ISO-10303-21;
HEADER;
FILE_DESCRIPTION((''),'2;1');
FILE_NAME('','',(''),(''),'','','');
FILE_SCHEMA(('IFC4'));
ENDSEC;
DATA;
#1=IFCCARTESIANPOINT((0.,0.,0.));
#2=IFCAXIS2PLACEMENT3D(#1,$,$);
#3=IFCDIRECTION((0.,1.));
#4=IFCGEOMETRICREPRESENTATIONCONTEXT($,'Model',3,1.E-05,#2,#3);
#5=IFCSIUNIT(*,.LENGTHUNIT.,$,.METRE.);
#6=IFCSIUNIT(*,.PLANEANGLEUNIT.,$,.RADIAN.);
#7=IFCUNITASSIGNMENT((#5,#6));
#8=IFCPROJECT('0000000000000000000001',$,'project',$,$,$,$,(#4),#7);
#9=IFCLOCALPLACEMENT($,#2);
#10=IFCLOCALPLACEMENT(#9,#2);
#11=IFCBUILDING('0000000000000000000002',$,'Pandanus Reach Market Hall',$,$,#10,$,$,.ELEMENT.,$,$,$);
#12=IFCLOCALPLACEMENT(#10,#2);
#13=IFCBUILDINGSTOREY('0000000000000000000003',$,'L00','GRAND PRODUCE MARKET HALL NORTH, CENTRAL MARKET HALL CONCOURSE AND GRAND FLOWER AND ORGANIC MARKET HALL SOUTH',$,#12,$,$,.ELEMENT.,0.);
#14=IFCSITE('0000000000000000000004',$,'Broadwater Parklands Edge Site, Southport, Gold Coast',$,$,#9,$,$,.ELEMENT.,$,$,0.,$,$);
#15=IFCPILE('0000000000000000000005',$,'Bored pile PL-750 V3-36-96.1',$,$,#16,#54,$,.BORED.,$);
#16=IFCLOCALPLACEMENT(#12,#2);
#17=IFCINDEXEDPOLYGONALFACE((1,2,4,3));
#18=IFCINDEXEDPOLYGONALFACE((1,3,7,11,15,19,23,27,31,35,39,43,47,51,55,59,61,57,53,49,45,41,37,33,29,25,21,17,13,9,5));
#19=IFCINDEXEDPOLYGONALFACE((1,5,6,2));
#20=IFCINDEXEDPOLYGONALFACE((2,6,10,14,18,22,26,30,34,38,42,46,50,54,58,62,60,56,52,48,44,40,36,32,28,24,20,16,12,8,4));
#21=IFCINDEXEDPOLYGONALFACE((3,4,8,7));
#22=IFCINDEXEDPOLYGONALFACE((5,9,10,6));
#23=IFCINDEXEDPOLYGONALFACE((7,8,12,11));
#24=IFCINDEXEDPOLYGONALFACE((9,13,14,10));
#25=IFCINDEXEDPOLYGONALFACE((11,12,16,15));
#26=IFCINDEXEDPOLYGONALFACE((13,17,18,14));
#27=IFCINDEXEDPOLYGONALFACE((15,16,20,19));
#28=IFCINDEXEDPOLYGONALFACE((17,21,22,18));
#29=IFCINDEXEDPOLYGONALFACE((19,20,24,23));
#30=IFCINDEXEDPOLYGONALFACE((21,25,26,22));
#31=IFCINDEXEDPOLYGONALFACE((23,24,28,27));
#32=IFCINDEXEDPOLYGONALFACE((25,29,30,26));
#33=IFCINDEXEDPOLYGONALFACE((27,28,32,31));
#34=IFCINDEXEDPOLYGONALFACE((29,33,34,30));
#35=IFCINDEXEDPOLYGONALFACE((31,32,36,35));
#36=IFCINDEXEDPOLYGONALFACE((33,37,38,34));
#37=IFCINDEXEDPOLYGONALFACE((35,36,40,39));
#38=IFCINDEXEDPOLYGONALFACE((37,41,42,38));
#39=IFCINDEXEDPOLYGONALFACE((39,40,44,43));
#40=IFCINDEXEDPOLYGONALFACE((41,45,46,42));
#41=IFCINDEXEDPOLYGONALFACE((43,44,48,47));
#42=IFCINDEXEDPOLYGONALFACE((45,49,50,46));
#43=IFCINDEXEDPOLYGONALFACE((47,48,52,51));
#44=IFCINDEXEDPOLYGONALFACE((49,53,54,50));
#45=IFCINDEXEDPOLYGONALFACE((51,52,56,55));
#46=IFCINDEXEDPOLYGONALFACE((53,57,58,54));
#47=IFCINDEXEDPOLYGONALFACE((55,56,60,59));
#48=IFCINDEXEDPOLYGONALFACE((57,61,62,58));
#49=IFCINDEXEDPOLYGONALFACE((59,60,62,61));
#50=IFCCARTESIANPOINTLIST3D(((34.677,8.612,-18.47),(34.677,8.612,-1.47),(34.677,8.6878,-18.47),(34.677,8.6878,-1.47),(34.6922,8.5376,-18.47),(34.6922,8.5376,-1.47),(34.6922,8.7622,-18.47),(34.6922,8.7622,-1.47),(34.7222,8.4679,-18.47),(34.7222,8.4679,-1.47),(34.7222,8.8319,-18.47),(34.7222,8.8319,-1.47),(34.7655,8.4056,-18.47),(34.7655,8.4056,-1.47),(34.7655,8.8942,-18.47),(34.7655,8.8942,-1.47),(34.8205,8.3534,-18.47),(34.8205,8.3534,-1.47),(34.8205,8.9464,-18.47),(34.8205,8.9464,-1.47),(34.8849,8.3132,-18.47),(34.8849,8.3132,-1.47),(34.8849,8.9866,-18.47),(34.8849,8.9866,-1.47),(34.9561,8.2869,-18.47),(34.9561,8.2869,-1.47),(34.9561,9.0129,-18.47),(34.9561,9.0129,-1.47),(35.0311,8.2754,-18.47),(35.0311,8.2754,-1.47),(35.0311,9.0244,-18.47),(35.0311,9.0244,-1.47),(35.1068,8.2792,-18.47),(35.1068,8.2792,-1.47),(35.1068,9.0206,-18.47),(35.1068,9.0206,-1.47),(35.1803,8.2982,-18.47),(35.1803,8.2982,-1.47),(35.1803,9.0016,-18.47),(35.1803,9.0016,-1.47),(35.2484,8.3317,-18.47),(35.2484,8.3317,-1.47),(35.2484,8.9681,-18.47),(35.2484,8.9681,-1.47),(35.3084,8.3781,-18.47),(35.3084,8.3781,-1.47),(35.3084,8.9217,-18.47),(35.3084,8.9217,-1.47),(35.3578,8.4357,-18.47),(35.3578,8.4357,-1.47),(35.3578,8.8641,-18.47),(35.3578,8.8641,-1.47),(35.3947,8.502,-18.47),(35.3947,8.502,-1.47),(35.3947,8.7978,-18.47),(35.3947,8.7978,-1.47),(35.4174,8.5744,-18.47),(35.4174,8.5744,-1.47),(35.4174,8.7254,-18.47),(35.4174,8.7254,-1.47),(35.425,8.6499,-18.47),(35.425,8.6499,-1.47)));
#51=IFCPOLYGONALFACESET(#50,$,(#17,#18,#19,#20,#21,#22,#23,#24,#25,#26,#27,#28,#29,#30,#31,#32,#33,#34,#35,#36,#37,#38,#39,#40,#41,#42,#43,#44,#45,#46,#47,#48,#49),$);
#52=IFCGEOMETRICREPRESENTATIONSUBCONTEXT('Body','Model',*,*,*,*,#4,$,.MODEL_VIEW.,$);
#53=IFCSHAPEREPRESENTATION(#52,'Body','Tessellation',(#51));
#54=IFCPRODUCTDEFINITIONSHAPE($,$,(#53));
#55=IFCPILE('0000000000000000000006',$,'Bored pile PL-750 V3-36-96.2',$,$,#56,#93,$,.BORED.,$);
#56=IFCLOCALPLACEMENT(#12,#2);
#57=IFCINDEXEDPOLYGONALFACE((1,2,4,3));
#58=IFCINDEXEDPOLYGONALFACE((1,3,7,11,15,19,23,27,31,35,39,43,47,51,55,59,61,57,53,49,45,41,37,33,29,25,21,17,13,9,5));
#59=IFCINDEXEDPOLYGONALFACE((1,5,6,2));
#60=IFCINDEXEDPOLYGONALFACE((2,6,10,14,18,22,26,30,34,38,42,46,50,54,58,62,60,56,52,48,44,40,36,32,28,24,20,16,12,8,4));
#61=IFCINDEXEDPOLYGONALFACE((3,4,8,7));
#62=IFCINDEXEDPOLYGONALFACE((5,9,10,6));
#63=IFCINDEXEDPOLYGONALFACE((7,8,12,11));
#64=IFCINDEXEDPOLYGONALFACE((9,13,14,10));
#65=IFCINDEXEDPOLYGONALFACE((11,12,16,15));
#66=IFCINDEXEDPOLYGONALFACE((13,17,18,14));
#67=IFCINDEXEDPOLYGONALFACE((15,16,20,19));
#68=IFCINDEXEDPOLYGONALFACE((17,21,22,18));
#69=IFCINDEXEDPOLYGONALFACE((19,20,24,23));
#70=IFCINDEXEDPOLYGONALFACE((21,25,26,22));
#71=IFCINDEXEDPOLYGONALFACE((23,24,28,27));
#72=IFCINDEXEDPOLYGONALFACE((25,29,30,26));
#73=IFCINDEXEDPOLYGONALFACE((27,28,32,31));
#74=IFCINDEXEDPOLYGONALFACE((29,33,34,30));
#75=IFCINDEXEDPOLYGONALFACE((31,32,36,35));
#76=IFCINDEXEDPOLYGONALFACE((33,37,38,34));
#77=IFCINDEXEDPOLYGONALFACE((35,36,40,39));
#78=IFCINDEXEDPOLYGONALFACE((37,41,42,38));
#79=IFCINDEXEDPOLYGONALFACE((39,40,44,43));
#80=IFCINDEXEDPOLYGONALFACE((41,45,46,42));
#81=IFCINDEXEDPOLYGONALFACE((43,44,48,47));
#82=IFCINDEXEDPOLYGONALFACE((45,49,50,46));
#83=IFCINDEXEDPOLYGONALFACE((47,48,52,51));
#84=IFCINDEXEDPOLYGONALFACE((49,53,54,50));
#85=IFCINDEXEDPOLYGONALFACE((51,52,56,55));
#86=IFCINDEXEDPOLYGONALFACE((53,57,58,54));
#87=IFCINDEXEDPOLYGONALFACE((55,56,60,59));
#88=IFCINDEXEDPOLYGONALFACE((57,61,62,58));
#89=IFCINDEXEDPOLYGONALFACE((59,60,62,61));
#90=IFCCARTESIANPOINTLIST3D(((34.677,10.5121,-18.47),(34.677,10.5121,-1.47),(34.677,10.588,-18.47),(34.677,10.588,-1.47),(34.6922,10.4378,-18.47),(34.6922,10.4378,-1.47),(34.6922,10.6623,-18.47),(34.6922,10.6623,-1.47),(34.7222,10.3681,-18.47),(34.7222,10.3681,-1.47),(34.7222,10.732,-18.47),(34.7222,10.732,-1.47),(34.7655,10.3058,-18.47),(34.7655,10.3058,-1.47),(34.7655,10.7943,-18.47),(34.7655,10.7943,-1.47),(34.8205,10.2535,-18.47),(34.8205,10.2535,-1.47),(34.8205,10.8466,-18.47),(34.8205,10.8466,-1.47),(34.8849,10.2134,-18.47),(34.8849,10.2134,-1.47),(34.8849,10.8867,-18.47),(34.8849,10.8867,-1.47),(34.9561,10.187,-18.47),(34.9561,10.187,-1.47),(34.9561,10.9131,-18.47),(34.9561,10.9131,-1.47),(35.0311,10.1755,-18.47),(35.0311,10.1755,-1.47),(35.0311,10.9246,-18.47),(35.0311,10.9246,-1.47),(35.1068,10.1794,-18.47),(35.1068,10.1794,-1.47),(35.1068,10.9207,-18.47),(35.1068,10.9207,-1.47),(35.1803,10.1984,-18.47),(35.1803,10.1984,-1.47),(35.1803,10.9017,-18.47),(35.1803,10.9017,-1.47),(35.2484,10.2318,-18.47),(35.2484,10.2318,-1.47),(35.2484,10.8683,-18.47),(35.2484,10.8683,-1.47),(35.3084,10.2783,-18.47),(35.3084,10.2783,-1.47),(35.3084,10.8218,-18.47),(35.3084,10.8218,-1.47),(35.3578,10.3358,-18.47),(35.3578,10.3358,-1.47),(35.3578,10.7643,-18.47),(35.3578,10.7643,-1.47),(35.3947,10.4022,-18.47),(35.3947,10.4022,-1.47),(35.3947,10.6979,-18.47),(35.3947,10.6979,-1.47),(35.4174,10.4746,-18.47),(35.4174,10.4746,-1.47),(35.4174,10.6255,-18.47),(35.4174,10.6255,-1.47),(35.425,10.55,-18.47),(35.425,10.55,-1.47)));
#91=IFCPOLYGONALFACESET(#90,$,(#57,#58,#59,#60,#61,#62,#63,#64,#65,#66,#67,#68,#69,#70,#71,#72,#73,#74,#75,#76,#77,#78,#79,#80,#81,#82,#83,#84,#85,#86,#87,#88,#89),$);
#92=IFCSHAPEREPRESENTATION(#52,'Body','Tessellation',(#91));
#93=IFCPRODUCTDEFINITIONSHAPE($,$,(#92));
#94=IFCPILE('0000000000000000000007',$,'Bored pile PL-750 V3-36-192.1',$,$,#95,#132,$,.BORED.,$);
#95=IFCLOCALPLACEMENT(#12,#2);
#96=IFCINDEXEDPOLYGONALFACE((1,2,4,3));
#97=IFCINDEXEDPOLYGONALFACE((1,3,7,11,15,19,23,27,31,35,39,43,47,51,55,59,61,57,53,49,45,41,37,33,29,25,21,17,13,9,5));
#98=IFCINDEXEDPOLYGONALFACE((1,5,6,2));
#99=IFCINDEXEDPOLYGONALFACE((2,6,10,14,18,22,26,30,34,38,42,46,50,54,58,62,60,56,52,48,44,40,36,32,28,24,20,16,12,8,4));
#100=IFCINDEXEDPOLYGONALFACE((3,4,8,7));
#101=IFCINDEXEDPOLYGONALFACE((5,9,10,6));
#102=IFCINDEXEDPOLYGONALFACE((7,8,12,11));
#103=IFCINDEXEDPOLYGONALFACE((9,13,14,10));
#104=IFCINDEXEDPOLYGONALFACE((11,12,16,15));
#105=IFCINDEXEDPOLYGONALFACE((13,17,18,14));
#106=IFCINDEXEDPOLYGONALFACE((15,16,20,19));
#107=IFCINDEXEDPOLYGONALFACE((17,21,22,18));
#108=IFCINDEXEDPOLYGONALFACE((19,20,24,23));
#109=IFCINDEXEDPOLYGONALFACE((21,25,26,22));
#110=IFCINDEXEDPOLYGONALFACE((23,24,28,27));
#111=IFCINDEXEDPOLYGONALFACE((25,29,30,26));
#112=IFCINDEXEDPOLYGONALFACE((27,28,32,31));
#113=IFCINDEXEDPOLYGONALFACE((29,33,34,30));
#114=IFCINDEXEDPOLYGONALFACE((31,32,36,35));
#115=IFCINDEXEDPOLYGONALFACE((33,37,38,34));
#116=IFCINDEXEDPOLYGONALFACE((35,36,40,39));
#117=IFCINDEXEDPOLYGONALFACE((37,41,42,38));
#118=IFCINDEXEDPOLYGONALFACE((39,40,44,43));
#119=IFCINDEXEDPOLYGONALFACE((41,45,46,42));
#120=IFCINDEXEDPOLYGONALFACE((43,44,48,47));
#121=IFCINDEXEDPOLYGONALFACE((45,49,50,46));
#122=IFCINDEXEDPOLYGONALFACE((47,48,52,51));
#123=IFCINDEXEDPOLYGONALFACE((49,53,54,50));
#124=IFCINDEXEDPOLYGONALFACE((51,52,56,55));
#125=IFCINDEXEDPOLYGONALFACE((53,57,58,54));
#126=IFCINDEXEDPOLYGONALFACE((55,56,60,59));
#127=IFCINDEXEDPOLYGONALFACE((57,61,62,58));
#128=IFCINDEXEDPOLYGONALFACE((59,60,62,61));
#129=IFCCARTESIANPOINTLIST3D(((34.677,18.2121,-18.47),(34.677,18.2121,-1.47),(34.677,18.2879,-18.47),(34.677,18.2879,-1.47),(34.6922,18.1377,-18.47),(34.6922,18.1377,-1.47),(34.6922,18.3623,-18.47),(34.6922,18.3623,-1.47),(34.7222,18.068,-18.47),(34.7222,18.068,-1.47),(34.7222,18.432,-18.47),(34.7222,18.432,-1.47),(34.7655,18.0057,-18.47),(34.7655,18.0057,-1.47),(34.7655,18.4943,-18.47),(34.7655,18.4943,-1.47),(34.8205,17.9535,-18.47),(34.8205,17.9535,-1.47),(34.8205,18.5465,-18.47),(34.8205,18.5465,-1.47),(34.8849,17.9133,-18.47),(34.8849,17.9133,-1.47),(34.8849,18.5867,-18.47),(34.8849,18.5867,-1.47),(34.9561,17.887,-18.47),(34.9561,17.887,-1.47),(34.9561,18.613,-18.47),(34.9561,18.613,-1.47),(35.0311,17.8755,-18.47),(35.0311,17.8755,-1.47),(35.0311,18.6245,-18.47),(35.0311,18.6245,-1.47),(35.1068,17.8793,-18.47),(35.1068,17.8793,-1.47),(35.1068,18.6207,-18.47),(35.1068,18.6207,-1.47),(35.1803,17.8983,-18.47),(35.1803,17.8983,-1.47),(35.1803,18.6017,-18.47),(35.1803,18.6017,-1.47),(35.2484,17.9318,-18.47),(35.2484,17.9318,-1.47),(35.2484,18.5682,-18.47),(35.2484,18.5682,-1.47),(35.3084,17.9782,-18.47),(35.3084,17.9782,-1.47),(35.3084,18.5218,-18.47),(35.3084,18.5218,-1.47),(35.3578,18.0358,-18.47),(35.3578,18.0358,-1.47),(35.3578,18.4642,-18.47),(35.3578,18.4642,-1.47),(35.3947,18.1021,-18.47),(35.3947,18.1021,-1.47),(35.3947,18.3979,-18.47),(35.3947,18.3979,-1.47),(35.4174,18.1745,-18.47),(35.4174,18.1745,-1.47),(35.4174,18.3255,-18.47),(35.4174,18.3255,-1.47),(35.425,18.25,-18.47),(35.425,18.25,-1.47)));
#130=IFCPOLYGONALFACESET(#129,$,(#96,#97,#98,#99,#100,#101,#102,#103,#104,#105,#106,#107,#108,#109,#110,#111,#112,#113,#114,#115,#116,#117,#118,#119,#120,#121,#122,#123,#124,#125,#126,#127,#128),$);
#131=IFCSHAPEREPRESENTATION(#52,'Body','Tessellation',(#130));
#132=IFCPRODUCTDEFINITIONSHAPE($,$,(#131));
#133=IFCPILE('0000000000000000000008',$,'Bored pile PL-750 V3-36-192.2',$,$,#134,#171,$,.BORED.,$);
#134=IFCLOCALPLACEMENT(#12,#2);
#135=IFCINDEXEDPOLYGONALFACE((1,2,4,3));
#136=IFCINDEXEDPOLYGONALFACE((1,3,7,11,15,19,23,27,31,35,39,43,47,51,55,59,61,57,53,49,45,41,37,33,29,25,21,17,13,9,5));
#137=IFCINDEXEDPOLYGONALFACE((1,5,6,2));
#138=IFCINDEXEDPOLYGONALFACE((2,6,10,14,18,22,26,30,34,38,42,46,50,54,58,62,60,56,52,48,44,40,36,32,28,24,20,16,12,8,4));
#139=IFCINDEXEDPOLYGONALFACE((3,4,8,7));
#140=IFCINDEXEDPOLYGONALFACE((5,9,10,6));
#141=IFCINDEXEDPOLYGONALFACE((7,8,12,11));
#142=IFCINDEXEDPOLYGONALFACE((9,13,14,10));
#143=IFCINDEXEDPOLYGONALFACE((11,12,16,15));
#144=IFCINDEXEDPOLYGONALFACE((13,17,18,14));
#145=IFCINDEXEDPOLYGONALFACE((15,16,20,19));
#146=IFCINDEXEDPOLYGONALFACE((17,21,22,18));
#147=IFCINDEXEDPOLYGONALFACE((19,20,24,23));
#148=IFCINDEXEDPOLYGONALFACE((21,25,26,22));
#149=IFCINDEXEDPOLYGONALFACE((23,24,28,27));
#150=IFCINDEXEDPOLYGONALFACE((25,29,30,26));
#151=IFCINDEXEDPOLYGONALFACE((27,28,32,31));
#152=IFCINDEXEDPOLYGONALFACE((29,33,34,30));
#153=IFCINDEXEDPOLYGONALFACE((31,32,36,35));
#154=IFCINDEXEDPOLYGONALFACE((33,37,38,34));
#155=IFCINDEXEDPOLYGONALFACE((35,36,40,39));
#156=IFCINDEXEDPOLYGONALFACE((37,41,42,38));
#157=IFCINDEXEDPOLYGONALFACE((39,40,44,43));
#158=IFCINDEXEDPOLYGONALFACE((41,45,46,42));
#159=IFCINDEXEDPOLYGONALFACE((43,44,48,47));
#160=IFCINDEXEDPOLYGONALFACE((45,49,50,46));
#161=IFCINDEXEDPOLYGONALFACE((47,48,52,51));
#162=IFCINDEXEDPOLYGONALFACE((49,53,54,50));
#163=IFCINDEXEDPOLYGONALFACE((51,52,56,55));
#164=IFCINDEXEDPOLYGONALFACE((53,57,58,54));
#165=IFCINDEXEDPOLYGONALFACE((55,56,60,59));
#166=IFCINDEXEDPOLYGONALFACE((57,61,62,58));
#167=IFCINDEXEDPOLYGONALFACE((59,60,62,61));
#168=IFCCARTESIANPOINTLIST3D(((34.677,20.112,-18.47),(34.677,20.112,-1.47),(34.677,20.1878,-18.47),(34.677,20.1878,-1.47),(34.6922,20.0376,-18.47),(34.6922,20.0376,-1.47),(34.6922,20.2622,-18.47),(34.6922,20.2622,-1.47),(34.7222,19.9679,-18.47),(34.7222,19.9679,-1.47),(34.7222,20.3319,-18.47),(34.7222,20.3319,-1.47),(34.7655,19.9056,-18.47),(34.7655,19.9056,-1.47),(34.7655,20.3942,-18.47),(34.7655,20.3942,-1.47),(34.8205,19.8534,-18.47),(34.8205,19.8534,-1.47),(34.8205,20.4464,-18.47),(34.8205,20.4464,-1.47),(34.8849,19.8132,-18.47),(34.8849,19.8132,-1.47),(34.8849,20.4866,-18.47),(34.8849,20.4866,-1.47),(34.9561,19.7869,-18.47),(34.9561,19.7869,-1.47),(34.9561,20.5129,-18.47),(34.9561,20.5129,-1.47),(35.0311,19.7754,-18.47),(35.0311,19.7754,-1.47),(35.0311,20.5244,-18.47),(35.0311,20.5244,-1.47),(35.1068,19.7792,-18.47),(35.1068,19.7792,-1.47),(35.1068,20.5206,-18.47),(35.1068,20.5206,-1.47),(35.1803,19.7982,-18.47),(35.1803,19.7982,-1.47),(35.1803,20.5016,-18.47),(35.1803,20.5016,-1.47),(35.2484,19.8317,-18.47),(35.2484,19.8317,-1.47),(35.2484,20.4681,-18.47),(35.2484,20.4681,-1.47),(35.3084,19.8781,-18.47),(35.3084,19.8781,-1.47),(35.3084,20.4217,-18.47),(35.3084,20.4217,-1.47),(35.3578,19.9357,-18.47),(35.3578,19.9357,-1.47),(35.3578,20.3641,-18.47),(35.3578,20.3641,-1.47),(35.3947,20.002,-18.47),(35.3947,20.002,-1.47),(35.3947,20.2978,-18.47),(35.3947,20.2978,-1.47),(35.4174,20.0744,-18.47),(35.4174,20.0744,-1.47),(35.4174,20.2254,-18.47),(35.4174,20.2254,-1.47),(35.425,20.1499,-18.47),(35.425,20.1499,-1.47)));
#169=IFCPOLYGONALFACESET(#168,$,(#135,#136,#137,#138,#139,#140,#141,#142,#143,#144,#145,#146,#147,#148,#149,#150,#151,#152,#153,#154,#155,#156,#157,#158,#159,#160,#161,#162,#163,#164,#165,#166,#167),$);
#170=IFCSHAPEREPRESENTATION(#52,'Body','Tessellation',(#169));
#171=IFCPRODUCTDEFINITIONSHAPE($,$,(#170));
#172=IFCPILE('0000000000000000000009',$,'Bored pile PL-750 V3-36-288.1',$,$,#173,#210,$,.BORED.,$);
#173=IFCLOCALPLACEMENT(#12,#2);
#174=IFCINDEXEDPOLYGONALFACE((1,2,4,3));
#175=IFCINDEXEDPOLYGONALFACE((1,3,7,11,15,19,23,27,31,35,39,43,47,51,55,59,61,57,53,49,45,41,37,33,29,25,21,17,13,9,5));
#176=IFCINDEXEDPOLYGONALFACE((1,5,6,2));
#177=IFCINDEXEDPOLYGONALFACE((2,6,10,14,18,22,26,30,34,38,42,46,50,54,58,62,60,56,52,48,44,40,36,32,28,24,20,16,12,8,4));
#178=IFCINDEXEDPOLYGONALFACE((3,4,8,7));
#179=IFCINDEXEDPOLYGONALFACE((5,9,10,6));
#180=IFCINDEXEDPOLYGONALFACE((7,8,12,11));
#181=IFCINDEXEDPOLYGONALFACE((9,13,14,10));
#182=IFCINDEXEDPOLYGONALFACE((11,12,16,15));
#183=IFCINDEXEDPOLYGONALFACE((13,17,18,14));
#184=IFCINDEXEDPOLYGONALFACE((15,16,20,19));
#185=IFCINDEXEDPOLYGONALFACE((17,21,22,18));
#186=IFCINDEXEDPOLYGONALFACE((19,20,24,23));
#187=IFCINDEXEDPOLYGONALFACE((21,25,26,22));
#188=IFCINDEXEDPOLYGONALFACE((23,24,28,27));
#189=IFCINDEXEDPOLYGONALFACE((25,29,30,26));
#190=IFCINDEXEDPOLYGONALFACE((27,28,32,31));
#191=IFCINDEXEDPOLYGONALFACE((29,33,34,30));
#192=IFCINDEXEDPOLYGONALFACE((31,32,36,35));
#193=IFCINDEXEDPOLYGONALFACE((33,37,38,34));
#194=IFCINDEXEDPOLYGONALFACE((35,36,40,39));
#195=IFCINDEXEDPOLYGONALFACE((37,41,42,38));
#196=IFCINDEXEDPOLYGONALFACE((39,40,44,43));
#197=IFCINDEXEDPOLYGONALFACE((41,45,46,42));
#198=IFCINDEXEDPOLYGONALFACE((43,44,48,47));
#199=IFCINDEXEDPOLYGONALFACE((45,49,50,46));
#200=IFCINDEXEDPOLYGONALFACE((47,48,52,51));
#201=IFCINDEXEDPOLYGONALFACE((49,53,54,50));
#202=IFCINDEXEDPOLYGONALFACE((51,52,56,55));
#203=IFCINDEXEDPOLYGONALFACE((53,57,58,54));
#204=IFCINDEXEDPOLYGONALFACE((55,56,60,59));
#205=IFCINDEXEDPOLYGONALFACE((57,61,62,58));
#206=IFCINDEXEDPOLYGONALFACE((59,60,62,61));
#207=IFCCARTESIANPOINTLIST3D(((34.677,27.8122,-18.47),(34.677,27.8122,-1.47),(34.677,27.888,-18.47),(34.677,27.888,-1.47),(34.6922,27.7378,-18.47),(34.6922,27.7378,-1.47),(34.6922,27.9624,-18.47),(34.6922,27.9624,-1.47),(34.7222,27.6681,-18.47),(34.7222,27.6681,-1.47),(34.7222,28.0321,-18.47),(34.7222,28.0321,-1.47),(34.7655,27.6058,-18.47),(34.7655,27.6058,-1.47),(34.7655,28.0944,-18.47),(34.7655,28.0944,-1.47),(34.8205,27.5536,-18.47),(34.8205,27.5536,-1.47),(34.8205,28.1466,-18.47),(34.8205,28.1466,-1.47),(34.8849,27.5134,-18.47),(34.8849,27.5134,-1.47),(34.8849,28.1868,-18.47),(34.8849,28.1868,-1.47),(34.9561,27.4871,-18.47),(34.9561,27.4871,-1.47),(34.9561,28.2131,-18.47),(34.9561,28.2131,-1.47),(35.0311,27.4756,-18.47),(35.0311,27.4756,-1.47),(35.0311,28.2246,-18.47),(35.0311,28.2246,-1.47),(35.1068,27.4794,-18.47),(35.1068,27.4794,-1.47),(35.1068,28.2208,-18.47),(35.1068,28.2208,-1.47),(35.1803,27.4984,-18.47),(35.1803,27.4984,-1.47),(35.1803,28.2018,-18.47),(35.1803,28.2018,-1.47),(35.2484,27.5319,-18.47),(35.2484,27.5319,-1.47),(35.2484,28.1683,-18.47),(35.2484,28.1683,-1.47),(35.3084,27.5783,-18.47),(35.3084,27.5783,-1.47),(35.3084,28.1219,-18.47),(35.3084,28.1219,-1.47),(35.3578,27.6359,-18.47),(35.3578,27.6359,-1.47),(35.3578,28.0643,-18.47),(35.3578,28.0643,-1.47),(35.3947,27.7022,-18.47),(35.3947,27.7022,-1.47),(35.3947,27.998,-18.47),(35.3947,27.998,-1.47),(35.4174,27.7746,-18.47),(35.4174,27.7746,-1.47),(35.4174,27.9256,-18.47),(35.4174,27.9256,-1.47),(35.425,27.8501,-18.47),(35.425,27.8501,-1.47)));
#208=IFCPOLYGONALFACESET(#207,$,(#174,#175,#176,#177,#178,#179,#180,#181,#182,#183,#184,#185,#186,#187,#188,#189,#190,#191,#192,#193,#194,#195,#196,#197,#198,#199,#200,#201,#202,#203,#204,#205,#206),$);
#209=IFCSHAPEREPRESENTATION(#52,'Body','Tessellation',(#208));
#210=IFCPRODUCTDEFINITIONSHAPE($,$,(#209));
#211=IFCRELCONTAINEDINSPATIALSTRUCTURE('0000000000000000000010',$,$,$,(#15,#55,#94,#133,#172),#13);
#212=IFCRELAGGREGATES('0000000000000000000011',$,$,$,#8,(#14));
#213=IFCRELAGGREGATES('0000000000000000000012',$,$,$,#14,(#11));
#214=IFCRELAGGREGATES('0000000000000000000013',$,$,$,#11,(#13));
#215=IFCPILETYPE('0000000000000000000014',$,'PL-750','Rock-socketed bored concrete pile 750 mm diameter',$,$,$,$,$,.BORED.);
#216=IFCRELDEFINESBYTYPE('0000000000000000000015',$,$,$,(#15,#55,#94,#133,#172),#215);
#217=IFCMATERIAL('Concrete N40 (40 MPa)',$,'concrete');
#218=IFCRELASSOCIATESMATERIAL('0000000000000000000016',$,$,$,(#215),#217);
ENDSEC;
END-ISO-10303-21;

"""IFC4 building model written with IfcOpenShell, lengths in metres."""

from ifc_helpers import new_model, si_unit, direction, frame, origin, origin_2d, place, context, subcontext, project, spatial, circle, extrude, material, material_profile, profile_set, type_object, element, save


model = new_model("IFC4")

# Units and contexts
model_context = context("Model", 3, precision=1e-05, world=origin(), true_north=direction((0.0, 1.0)))
body_context = subcontext(model_context, "Body", "Model", "MODEL_VIEW")
ifc_project = project(units=[si_unit("LENGTHUNIT", "METRE"), si_unit("PLANEANGLEUNIT", "RADIAN")], contexts=[model_context])

# Site, building, storey
site_placement = place(None, origin())
site = spatial("IfcSite", under=ifc_project, at=site_placement, Name="Broadwater Parklands Edge Site, Southport, Gold Coast", CompositionType="ELEMENT", RefElevation=0.0)
building_placement = place(site_placement, origin())
building = spatial("IfcBuilding", under=site, at=building_placement, Name="Pandanus Reach Market Hall", CompositionType="ELEMENT")
storey_placement = place(building_placement, origin())
storey = spatial("IfcBuildingStorey", under=building, at=storey_placement, Name="L00", Description="GRAND PRODUCE MARKET HALL NORTH, CENTRAL MARKET HALL CONCOURSE AND GRAND FLOWER AND ORGANIC MARKET HALL SOUTH", CompositionType="ELEMENT", Elevation=0.0)

# Piles
ifc_material_1 = material(Name="Concrete N40 (40 MPa)", Category="concrete")
ifc_material_profile_1 = material_profile(ifc_material_1, circle(Radius=0.375, at=origin_2d()), Name="PILE-750D", Category="LoadBearing")
ifc_profile_set_1 = profile_set([ifc_material_profile_1], Name="Concrete N40 (40 MPa)")
pile_type = type_object("IfcPileType", Name="PL-750", Description="Rock-socketed bored concrete pile 750 mm diameter", PredefinedType="BORED", material=ifc_profile_set_1)
for number, where, z_axis, x_axis, name in (
    (1, (35.05, 8.6499, -1.47), (0.0, 0.0, -1.0), (1.0, 0.0, 0.0), "Bored pile PL-750 V3-36-96.1"),
    (2, (35.05, 10.55, -1.47), (0.0, 0.0, -1.0), (1.0, 0.0, 0.0), "Bored pile PL-750 V3-36-96.2"),
    (3, (35.05, 18.25, -1.47), (0.0, 0.0, -1.0), (1.0, 0.0, 0.0), "Bored pile PL-750 V3-36-192.1"),
    (4, (35.05, 20.1499, -1.47), (0.0, 0.0, -1.0), (1.0, 0.0, 0.0), "Bored pile PL-750 V3-36-192.2"),
    (5, (35.05, 27.8501, -1.47), (0.0, 0.0, -1.0), (1.0, 0.0, 0.0), "Bored pile PL-750 V3-36-288.1"),
):
    element("IfcPile", number, at=place(storey_placement, frame(where, z_axis=z_axis, x_axis=x_axis)), inside=storey, type_object=pile_type, Name=name, PredefinedType="BORED", context=body_context, shape_type="SweptSolid", body=[
        extrude(circle(Radius=0.375, at=origin_2d()), origin(), (0.0, 0.0, 1.0), 17.0),
    ])

save(model, "model.ifc")
